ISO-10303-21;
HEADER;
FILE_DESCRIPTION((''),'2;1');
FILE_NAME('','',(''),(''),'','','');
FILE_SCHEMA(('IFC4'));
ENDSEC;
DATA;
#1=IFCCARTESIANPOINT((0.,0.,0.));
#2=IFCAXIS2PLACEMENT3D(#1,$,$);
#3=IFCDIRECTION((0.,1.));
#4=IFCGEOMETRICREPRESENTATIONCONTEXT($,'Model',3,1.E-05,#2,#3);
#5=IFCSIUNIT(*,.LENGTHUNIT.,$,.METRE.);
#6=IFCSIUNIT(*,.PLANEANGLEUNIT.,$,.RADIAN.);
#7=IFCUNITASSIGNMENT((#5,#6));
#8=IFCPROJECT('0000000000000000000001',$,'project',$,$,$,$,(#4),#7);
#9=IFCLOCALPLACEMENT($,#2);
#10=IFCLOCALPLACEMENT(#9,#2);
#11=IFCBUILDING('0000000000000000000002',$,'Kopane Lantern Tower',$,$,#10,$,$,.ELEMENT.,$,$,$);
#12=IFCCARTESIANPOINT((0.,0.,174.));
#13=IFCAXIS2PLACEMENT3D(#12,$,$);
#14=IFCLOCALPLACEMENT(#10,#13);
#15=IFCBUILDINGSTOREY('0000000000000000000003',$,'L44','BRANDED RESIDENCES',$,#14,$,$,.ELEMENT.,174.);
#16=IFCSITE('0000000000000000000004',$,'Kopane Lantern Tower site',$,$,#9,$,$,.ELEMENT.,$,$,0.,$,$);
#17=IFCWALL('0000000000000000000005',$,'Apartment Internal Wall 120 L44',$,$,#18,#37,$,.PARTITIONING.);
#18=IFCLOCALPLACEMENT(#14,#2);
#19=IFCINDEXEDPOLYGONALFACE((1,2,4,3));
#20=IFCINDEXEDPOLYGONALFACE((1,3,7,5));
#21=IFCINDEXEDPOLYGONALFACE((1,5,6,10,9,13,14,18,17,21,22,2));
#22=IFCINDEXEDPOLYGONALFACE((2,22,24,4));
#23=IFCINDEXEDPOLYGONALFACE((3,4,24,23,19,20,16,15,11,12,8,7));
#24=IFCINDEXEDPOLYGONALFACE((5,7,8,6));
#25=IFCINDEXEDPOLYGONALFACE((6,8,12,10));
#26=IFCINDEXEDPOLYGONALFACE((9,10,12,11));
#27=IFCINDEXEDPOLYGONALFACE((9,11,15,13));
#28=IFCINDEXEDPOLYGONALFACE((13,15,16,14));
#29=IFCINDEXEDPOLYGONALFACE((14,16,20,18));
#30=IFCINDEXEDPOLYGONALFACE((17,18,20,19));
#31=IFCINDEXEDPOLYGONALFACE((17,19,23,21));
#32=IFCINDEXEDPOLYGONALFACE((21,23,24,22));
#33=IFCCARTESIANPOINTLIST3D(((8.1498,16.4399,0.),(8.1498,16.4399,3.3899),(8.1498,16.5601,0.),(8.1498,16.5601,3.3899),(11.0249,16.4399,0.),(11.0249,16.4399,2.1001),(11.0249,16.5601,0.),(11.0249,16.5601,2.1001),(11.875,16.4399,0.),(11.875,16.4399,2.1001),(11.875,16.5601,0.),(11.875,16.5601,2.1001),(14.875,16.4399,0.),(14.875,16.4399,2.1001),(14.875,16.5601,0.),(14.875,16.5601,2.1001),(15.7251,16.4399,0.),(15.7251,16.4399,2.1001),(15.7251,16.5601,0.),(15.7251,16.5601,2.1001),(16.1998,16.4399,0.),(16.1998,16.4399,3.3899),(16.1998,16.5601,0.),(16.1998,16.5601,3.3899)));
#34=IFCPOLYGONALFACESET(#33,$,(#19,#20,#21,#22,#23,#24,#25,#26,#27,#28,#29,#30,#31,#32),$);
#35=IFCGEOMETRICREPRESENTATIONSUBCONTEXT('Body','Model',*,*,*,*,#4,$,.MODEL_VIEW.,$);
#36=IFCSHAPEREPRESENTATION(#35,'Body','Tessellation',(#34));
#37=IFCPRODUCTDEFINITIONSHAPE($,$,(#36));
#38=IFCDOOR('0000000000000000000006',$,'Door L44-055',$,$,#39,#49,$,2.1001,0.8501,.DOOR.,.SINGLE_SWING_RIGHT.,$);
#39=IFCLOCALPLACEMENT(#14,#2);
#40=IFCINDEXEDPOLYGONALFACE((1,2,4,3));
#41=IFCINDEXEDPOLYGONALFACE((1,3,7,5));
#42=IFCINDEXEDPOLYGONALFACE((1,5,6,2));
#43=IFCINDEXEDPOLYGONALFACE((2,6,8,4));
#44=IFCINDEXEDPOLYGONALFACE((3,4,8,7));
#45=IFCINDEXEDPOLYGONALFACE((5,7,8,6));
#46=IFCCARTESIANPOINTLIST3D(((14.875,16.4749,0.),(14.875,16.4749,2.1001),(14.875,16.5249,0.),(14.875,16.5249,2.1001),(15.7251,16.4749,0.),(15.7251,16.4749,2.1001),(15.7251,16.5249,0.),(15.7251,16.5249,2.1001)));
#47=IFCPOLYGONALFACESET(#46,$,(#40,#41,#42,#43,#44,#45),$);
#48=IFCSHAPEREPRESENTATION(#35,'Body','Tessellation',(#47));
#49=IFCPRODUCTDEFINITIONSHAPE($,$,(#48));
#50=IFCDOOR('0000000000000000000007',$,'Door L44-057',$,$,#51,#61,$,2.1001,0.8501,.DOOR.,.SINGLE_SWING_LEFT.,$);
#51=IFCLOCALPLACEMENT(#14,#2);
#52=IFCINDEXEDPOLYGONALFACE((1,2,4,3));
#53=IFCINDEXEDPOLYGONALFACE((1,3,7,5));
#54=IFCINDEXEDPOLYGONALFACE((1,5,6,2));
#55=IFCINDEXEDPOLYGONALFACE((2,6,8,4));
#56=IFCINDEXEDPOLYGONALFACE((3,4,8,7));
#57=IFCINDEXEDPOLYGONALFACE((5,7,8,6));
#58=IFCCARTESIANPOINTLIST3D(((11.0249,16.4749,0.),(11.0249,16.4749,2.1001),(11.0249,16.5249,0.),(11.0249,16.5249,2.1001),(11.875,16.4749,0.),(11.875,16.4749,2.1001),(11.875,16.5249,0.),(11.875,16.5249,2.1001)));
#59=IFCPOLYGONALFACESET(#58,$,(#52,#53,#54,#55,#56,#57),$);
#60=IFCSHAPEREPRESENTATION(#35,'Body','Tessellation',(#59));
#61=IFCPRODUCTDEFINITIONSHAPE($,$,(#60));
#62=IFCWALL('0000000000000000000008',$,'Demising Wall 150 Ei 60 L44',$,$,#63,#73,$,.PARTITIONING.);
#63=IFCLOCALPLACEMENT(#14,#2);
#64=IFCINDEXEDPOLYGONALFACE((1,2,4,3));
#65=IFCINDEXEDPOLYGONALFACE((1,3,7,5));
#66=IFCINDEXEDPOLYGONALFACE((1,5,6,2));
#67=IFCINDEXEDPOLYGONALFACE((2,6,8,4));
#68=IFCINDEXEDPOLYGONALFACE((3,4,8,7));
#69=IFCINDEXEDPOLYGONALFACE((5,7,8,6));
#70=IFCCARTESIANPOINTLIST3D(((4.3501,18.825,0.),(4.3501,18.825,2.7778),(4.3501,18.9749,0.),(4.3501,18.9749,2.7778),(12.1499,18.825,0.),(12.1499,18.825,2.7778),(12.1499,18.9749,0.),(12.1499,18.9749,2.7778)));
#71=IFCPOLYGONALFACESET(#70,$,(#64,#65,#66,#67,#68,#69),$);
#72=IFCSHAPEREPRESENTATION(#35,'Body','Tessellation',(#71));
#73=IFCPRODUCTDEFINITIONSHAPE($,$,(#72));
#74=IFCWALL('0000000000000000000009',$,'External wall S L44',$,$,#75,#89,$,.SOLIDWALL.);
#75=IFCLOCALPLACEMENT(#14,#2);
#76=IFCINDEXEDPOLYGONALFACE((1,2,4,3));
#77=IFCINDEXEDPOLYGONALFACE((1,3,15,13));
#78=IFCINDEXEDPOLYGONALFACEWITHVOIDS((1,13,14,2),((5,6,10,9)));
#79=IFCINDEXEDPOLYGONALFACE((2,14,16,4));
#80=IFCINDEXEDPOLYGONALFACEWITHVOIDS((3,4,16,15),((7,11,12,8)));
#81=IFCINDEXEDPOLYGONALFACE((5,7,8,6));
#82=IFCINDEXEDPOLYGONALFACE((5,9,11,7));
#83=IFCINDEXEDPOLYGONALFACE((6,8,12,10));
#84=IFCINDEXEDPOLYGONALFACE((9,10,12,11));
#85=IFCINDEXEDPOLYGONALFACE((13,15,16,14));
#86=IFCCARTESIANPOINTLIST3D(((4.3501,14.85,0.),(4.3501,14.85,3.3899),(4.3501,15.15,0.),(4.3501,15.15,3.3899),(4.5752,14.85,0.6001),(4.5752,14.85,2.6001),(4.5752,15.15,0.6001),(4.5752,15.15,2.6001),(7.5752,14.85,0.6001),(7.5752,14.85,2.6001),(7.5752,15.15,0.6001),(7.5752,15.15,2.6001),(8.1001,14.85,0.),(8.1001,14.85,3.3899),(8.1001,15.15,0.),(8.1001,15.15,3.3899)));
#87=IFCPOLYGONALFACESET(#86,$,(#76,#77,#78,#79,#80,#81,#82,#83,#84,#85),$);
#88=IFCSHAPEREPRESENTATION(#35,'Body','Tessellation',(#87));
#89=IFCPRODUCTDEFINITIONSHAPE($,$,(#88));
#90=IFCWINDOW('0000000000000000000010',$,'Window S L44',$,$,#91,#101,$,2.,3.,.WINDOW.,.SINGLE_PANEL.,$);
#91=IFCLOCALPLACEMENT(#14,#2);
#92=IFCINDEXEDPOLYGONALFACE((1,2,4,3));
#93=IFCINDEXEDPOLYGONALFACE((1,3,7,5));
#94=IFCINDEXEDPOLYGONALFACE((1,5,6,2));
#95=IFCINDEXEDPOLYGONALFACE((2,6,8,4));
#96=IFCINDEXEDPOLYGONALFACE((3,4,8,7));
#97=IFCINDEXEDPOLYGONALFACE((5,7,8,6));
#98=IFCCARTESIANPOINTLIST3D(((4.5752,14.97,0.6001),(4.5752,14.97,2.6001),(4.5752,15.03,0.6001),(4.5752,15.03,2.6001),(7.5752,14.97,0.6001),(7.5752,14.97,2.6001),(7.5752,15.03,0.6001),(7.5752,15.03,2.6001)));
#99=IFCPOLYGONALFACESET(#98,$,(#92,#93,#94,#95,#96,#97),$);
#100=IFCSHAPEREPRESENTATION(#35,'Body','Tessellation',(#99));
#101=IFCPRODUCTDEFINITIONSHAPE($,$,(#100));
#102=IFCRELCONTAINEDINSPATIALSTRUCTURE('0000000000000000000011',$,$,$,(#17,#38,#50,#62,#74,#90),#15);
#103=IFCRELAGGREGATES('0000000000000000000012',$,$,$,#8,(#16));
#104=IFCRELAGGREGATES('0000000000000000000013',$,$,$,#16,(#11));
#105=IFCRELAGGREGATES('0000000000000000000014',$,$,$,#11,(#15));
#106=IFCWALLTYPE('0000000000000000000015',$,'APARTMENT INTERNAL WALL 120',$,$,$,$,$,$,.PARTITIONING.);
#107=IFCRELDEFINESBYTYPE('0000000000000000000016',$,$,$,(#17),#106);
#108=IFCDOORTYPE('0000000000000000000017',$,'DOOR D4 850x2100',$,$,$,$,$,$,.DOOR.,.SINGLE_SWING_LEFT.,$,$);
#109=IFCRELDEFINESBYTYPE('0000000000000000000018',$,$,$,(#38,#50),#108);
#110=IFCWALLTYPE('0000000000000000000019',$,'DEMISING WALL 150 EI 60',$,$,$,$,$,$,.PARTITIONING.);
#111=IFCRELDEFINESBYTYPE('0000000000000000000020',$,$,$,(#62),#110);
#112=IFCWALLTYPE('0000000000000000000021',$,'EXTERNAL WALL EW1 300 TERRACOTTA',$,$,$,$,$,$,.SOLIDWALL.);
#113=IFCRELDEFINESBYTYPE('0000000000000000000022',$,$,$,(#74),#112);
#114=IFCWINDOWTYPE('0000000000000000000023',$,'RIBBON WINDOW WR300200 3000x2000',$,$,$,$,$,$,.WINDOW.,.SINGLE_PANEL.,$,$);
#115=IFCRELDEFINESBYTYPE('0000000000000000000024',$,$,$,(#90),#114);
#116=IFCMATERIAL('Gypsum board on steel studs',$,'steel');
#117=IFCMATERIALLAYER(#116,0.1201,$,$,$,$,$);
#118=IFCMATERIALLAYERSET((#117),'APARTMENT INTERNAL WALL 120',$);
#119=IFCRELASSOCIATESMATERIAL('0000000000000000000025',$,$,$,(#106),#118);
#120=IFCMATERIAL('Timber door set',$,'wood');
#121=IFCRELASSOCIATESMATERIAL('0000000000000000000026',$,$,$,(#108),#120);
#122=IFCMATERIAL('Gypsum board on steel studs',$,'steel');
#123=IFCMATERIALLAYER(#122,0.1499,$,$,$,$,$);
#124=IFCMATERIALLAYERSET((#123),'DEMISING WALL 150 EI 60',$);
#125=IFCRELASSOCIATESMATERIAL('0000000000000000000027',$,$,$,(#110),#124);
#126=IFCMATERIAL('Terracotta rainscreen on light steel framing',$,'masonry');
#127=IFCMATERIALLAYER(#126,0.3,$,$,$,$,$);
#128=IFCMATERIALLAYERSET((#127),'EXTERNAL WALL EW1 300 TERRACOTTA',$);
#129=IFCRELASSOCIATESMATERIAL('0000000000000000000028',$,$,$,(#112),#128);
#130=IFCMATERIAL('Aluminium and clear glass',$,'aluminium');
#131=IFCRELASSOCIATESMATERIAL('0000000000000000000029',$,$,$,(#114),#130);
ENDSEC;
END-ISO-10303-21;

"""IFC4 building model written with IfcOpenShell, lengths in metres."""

from ifc_helpers import new_model, si_unit, direction, frame, frame_2d, origin, place, context, subcontext, project, spatial, rectangle, extrude, material, layer, layer_set, type_object, element, fill, save


model = new_model("IFC4")

# Units and contexts
model_context = context("Model", 3, precision=1e-05, world=origin(), true_north=direction((0.0, 1.0)))
body_context = subcontext(model_context, "Body", "Model", "MODEL_VIEW")
ifc_project = project(units=[si_unit("LENGTHUNIT", "METRE"), si_unit("PLANEANGLEUNIT", "RADIAN")], contexts=[model_context])

# Site, building, storey
site_placement = place(None, origin())
site = spatial("IfcSite", under=ifc_project, at=site_placement, Name="Kopane Lantern Tower site", CompositionType="ELEMENT", RefElevation=0.0)
building_placement = place(site_placement, origin())
building = spatial("IfcBuilding", under=site, at=building_placement, Name="Kopane Lantern Tower", CompositionType="ELEMENT")
storey_placement = place(building_placement, frame((0.0, 0.0, 174.0)))
storey = spatial("IfcBuildingStorey", under=building, at=storey_placement, Name="L44", Description="BRANDED RESIDENCES", CompositionType="ELEMENT", Elevation=174.0)

# Wall, openings, doors
ifc_material_1 = material(Name="Gypsum board on steel studs", Category="steel")
ifc_layer_1 = layer(ifc_material_1, 0.1201)
ifc_layer_set_1 = layer_set([ifc_layer_1], Name="APARTMENT INTERNAL WALL 120")
wall_type_1 = type_object("IfcWallType", Name="APARTMENT INTERNAL WALL 120", PredefinedType="PARTITIONING", material=ifc_layer_set_1)
wall_1_placement = place(storey_placement, frame((8.1499, 16.5, 0.0), z_axis=(0.0, 0.0, 1.0), x_axis=(1.0, 0.0, 0.0)))
wall_1 = element("IfcWall", 1, at=wall_1_placement, inside=storey, type_object=wall_type_1, Name="Apartment Internal Wall 120 L44", PredefinedType="PARTITIONING", context=body_context, shape_type="SweptSolid", body=[
    extrude(rectangle(XDim=8.05, YDim=0.1201, at=frame_2d((4.0249, 0.0))), origin(), (0.0, 0.0, 1.0), 3.3899),
])
opening_1_placement = place(wall_1_placement, frame((6.7251, 0.0, 0.0)))
opening_1 = element("IfcOpeningElement", 2, at=opening_1_placement, cuts=wall_1, PredefinedType="OPENING", context=body_context, shape_type="SweptSolid", body=[
    extrude(rectangle(XDim=0.8501, YDim=2.1001, at=frame_2d((0.425, 1.05))), frame((0.0, 0.0701, 0.0), z_axis=(0.0, -1.0, 0.0), x_axis=(1.0, 0.0, 0.0)), (0.0, 0.0, 1.0), 0.1401),
])
opening_2_placement = place(wall_1_placement, frame((2.875, 0.0, 0.0)))
opening_2 = element("IfcOpeningElement", 3, at=opening_2_placement, cuts=wall_1, PredefinedType="OPENING", context=body_context, shape_type="SweptSolid", body=[
    extrude(rectangle(XDim=0.8501, YDim=2.1001, at=frame_2d((0.425, 1.05))), frame((0.0, 0.0701, 0.0), z_axis=(0.0, -1.0, 0.0), x_axis=(1.0, 0.0, 0.0)), (0.0, 0.0, 1.0), 0.1401),
])
ifc_material_2 = material(Name="Timber door set", Category="wood")
door_type = type_object("IfcDoorType", Name="DOOR D4 850x2100", OperationType="SINGLE_SWING_LEFT", PredefinedType="DOOR", material=ifc_material_2)
door_1_placement = place(opening_1_placement, origin())
door_1 = element("IfcDoor", 4, at=door_1_placement, inside=storey, type_object=door_type, Name="Door L44-055", OperationType="SINGLE_SWING_RIGHT", OverallHeight=2.1001, OverallWidth=0.8501, PredefinedType="DOOR", context=body_context, shape_type="SweptSolid", body=[
    extrude(rectangle(XDim=0.8501, YDim=2.1001, at=frame_2d((0.425, 1.05))), frame((0.0, 0.0249, 0.0), z_axis=(0.0, -1.0, 0.0), x_axis=(1.0, 0.0, 0.0)), (0.0, 0.0, 1.0), 0.05),
])
fill(opening_1, door_1)
door_2_placement = place(opening_2_placement, origin())
door_2 = element("IfcDoor", 5, at=door_2_placement, inside=storey, type_object=door_type, Name="Door L44-057", OperationType="SINGLE_SWING_LEFT", OverallHeight=2.1001, OverallWidth=0.8501, PredefinedType="DOOR", context=body_context, shape_type="SweptSolid", body=[
    extrude(rectangle(XDim=0.8501, YDim=2.1001, at=frame_2d((0.425, 1.05))), frame((0.0, 0.0249, 0.0), z_axis=(0.0, -1.0, 0.0), x_axis=(1.0, 0.0, 0.0)), (0.0, 0.0, 1.0), 0.05),
])
fill(opening_2, door_2)

# Wall
ifc_material_3 = material(Name="Gypsum board on steel studs", Category="steel")
ifc_layer_2 = layer(ifc_material_3, 0.1499)
ifc_layer_set_2 = layer_set([ifc_layer_2], Name="DEMISING WALL 150 EI 60")
wall_type_2 = type_object("IfcWallType", Name="DEMISING WALL 150 EI 60", PredefinedType="PARTITIONING", material=ifc_layer_set_2)
wall_2_placement = place(storey_placement, frame((4.3501, 18.8999, 0.0), z_axis=(0.0, 0.0, 1.0), x_axis=(1.0, 0.0, 0.0)))
element("IfcWall", 6, at=wall_2_placement, inside=storey, type_object=wall_type_2, Name="Demising Wall 150 Ei 60 L44", PredefinedType="PARTITIONING", context=body_context, shape_type="SweptSolid", body=[
    extrude(rectangle(XDim=7.7998, YDim=0.1499, at=frame_2d((3.8999, 0.0))), origin(), (0.0, 0.0, 1.0), 2.7778),
])

# Wall, opening, window
ifc_material_4 = material(Name="Terracotta rainscreen on light steel framing", Category="masonry")
ifc_layer_3 = layer(ifc_material_4, 0.3)
ifc_layer_set_3 = layer_set([ifc_layer_3], Name="EXTERNAL WALL EW1 300 TERRACOTTA")
wall_type_3 = type_object("IfcWallType", Name="EXTERNAL WALL EW1 300 TERRACOTTA", PredefinedType="SOLIDWALL", material=ifc_layer_set_3)
wall_3_placement = place(storey_placement, frame((4.3501, 15.0, 0.0), z_axis=(0.0, 0.0, 1.0), x_axis=(1.0, 0.0, 0.0)))
wall_3 = element("IfcWall", 7, at=wall_3_placement, inside=storey, type_object=wall_type_3, Name="External wall S L44", PredefinedType="SOLIDWALL", context=body_context, shape_type="SweptSolid", body=[
    extrude(rectangle(XDim=3.75, YDim=0.3, at=frame_2d((1.875, 0.0))), origin(), (0.0, 0.0, 1.0), 3.3899),
])
opening_3_placement = place(wall_3_placement, frame((0.2251, 0.0, 0.6001)))
opening_3 = element("IfcOpeningElement", 8, at=opening_3_placement, cuts=wall_3, PredefinedType="OPENING", context=body_context, shape_type="SweptSolid", body=[
    extrude(rectangle(XDim=3.0, YDim=2.0, at=frame_2d((1.5, 1.0))), frame((0.0, 0.1599, 0.0), z_axis=(0.0, -1.0, 0.0), x_axis=(1.0, 0.0, 0.0)), (0.0, 0.0, 1.0), 0.3201),
])
ifc_material_5 = material(Name="Aluminium and clear glass", Category="aluminium")
window_type = type_object("IfcWindowType", Name="RIBBON WINDOW WR300200 3000x2000", PartitioningType="SINGLE_PANEL", PredefinedType="WINDOW", material=ifc_material_5)
window_placement = place(opening_3_placement, origin())
window = element("IfcWindow", 9, at=window_placement, inside=storey, type_object=window_type, Name="Window S L44", OverallHeight=2.0, OverallWidth=3.0, PartitioningType="SINGLE_PANEL", PredefinedType="WINDOW", context=body_context, shape_type="SweptSolid", body=[
    extrude(rectangle(XDim=3.0, YDim=2.0, at=frame_2d((1.5, 1.0))), frame((0.0, 0.03, 0.0), z_axis=(0.0, -1.0, 0.0), x_axis=(1.0, 0.0, 0.0)), (0.0, 0.0, 1.0), 0.0601),
])
fill(opening_3, window)

save(model, "model.ifc")
